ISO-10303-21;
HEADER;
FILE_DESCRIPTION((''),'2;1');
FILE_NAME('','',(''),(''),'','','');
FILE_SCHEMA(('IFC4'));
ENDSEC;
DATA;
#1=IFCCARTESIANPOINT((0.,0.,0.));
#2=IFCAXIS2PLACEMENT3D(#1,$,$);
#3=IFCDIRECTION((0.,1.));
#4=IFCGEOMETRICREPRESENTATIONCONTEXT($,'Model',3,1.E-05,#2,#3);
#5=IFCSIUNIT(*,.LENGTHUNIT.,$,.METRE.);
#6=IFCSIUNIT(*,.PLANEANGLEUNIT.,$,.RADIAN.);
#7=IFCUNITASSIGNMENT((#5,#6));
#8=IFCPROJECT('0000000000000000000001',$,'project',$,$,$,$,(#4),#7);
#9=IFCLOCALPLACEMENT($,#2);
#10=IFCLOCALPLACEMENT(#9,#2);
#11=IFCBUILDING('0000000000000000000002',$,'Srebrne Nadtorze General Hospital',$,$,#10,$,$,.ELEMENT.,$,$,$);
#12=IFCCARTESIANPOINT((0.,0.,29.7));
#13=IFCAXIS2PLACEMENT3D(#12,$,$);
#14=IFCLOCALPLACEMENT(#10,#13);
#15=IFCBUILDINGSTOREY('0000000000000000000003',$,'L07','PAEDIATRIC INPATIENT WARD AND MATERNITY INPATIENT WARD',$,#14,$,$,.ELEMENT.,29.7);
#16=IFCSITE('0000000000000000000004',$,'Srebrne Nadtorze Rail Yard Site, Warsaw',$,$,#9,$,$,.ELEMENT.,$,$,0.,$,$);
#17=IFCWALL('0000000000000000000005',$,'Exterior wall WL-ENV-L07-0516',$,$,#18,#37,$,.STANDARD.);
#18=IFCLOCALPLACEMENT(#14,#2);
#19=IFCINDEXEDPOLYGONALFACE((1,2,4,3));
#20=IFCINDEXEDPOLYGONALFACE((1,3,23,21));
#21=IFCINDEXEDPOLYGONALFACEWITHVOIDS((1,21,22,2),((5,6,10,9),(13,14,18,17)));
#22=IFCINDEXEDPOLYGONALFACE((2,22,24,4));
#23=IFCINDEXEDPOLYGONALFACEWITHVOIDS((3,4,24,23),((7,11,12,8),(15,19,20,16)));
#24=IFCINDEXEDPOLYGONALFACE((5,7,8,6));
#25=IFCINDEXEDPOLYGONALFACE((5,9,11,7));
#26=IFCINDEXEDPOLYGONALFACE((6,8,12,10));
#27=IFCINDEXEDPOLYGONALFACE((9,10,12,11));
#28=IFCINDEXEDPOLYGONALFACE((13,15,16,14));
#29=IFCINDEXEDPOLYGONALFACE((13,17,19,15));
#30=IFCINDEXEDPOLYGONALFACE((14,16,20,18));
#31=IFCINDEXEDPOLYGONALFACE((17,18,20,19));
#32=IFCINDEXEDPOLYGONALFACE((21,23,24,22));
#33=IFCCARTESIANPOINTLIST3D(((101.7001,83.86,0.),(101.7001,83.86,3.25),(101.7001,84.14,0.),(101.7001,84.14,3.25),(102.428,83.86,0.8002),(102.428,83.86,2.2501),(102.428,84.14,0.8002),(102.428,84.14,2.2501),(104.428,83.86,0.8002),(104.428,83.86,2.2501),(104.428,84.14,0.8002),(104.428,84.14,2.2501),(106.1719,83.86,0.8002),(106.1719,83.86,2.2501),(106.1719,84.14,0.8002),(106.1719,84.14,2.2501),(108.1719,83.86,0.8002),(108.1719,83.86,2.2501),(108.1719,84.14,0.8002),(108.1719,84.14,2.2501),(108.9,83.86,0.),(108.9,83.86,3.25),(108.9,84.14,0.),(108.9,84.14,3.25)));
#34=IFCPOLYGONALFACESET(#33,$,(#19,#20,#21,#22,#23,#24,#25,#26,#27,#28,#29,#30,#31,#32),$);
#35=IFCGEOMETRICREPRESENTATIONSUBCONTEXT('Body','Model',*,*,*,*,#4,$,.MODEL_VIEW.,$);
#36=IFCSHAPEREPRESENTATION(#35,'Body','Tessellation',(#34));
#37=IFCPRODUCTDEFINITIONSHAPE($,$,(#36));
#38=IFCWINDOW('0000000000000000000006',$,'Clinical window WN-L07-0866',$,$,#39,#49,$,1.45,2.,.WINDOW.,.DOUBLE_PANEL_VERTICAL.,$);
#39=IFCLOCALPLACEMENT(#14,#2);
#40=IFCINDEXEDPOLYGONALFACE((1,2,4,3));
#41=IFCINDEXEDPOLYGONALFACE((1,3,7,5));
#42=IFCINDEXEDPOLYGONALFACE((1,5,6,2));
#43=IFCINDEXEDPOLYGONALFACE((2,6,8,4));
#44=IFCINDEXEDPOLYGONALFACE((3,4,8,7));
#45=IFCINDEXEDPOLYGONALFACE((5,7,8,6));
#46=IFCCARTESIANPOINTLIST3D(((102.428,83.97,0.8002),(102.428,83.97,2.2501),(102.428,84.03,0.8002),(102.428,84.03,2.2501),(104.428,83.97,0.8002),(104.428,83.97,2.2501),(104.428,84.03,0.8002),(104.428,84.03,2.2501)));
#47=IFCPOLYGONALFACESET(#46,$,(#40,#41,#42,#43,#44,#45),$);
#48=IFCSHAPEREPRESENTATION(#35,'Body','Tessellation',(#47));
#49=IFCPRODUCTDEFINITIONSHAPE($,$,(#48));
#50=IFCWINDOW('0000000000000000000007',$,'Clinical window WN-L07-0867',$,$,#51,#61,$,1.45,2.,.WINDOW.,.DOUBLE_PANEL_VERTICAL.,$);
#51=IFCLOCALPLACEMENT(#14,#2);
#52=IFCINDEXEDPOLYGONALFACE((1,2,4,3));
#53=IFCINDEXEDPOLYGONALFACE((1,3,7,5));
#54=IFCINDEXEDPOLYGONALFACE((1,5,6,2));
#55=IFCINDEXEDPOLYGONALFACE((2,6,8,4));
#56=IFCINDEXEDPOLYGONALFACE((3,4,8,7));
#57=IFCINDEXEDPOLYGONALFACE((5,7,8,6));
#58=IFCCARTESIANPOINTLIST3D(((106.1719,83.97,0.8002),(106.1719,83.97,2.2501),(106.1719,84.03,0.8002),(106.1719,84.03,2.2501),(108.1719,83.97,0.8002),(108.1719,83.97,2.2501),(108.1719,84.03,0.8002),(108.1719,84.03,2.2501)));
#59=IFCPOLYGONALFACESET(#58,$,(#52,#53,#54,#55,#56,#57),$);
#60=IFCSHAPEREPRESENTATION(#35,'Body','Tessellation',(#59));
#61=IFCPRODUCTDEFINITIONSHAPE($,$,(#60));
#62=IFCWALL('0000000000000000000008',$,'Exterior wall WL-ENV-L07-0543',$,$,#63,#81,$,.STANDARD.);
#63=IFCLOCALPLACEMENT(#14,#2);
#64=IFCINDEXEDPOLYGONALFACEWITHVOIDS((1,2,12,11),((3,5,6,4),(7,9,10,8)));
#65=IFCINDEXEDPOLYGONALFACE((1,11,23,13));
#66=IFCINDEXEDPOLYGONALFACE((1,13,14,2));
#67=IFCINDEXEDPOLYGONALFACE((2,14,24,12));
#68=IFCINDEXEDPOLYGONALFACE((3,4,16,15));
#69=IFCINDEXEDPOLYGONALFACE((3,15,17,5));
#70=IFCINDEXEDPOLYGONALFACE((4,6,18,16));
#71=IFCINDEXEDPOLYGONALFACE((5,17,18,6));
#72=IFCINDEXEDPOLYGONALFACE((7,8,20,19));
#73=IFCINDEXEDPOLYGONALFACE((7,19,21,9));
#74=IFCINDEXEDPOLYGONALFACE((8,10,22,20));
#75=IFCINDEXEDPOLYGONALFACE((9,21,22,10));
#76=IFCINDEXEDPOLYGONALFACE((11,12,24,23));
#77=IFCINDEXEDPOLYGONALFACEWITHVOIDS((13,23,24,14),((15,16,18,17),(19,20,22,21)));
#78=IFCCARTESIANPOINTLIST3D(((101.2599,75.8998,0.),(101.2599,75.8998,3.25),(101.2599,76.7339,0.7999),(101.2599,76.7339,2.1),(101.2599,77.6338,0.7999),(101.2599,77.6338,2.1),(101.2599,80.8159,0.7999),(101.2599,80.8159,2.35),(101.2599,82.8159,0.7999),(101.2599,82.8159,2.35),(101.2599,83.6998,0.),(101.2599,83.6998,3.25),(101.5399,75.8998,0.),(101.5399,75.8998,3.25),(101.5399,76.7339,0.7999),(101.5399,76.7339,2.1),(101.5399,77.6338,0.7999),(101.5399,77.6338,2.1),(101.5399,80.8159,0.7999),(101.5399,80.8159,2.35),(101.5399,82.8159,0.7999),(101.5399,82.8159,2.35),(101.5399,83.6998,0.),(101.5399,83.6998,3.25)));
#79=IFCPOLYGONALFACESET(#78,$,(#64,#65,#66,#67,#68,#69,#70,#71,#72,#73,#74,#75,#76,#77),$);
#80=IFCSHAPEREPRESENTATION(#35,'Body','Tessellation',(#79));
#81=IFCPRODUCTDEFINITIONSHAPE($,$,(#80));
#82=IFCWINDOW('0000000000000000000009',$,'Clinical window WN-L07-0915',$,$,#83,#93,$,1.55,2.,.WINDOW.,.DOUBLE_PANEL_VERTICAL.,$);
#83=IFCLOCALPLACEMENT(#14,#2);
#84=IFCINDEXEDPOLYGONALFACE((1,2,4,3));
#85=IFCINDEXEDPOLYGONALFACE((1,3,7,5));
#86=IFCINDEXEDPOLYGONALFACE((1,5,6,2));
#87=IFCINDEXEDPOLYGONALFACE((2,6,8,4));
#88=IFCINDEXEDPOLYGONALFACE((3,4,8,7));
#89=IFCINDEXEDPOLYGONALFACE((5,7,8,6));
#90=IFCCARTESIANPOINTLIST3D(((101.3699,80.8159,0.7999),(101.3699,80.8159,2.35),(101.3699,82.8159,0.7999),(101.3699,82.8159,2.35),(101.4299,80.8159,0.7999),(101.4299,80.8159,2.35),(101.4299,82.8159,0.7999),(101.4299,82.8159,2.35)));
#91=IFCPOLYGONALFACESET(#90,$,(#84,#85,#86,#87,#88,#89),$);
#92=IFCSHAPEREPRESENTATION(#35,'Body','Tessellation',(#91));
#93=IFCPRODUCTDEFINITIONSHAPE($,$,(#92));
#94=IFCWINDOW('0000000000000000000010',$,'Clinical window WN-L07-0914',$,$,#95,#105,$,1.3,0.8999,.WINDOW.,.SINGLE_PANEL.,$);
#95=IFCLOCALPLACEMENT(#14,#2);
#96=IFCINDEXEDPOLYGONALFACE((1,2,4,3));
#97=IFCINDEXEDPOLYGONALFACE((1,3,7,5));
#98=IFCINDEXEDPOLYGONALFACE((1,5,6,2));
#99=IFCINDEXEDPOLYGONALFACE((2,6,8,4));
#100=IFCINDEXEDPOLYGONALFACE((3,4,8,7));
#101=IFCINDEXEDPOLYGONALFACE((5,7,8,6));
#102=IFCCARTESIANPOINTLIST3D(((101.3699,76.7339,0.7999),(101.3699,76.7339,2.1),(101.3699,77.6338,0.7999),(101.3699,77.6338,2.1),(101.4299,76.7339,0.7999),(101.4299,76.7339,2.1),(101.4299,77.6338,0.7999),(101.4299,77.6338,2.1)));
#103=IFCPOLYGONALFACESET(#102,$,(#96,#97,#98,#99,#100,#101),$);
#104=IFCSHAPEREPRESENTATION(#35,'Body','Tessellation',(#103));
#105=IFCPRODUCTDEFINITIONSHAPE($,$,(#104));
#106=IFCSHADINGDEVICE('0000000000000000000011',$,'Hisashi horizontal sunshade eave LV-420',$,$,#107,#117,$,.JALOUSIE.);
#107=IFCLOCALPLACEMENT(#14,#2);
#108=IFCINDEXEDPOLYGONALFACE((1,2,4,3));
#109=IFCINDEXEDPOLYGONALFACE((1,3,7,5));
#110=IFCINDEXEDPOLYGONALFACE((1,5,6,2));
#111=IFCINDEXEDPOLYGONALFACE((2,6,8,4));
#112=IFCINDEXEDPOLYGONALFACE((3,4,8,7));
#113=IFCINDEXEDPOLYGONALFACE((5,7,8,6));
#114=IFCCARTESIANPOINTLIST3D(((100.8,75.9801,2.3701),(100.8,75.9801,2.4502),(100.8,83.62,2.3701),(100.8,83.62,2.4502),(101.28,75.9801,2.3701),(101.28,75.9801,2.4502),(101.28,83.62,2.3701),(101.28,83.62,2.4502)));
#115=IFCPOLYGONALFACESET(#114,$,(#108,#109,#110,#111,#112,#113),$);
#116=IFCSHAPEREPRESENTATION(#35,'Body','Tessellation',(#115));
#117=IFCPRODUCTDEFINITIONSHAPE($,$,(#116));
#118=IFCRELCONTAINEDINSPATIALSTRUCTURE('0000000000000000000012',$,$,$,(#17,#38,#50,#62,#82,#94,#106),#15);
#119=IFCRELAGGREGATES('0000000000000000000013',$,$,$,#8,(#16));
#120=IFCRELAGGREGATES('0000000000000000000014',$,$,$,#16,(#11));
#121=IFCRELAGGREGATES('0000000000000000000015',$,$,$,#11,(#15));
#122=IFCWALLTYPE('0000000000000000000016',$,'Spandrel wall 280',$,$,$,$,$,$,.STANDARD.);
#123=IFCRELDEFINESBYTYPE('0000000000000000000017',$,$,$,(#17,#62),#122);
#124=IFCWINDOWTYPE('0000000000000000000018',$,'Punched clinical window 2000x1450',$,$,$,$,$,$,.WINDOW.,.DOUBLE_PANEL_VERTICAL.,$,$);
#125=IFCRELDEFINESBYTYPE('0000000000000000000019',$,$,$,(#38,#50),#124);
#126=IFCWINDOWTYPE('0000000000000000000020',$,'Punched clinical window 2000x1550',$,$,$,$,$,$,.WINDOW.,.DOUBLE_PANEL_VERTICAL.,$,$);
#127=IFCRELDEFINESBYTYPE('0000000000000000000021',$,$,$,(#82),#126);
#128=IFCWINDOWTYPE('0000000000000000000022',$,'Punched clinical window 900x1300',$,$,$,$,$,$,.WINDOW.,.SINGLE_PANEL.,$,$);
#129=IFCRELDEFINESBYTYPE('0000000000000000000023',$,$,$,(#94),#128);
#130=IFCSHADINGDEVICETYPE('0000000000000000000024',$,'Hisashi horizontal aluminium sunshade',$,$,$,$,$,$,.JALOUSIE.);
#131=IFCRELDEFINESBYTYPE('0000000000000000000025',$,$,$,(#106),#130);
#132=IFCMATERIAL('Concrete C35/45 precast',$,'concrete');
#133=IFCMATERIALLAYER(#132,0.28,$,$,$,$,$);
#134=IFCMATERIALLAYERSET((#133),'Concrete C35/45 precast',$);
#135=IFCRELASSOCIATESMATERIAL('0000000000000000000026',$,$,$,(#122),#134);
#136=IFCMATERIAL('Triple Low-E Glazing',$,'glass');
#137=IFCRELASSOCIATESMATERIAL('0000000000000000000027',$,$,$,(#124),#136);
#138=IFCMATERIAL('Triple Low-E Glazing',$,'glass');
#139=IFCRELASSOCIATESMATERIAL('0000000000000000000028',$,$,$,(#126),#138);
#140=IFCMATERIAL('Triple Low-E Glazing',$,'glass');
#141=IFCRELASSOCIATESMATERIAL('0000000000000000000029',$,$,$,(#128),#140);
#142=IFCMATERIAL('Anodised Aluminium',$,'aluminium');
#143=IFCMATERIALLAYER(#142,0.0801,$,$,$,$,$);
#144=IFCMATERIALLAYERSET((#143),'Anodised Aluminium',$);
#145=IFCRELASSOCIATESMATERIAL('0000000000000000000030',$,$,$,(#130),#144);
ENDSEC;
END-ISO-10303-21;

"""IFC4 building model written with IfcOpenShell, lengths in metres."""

from ifc_helpers import new_model, si_unit, direction, frame, frame_2d, origin, origin_2d, place, context, subcontext, project, spatial, rectangle, extrude, material, layer, layer_set, type_object, element, fill, save


model = new_model("IFC4")

# Units and contexts
model_context = context("Model", 3, precision=1e-05, world=origin(), true_north=direction((0.0, 1.0)))
body_context = subcontext(model_context, "Body", "Model", "MODEL_VIEW")
ifc_project = project(units=[si_unit("LENGTHUNIT", "METRE"), si_unit("PLANEANGLEUNIT", "RADIAN")], contexts=[model_context])

# Site, building, storey
site_placement = place(None, origin())
site = spatial("IfcSite", under=ifc_project, at=site_placement, Name="Srebrne Nadtorze Rail Yard Site, Warsaw", CompositionType="ELEMENT", RefElevation=0.0)
building_placement = place(site_placement, origin())
building = spatial("IfcBuilding", under=site, at=building_placement, Name="Srebrne Nadtorze General Hospital", CompositionType="ELEMENT")
storey_placement = place(building_placement, frame((0.0, 0.0, 29.7)))
storey = spatial("IfcBuildingStorey", under=building, at=storey_placement, Name="L07", Description="PAEDIATRIC INPATIENT WARD AND MATERNITY INPATIENT WARD", CompositionType="ELEMENT", Elevation=29.7)

# Walls, openings, windows
ifc_material_1 = material(Name="Concrete C35/45 precast", Category="concrete")
ifc_layer_1 = layer(ifc_material_1, 0.28)
ifc_layer_set_1 = layer_set([ifc_layer_1], Name="Concrete C35/45 precast")
wall_type_1 = type_object("IfcWallType", Name="Spandrel wall 280", PredefinedType="STANDARD", material=ifc_layer_set_1)
wall_1_placement = place(storey_placement, frame((101.7, 84.0, 0.0), z_axis=(0.0, 0.0, 1.0), x_axis=(1.0, 0.0, 0.0)))
wall_1 = element("IfcWall", 1, at=wall_1_placement, inside=storey, type_object=wall_type_1, Name="Exterior wall WL-ENV-L07-0516", PredefinedType="STANDARD", context=body_context, shape_type="SweptSolid", body=[
    extrude(rectangle(XDim=7.2, YDim=0.28, at=frame_2d((3.6001, 0.0))), origin(), (0.0, 0.0, 1.0), 3.25),
])
opening_1_placement = place(wall_1_placement, frame((0.728, 0.0, 0.8)))
opening_1 = element("IfcOpeningElement", 2, at=opening_1_placement, cuts=wall_1, PredefinedType="OPENING", context=body_context, shape_type="SweptSolid", body=[
    extrude(rectangle(XDim=2.0, YDim=1.45, at=frame_2d((1.0, 0.7251))), frame((0.0, 0.1519, 0.0), z_axis=(0.0, -1.0, 0.0), x_axis=(1.0, 0.0, 0.0)), (0.0, 0.0, 1.0), 0.304),
])
opening_2_placement = place(wall_1_placement, frame((4.4719, 0.0, 0.8)))
opening_2 = element("IfcOpeningElement", 3, at=opening_2_placement, cuts=wall_1, PredefinedType="OPENING", context=body_context, shape_type="SweptSolid", body=[
    extrude(rectangle(XDim=2.0, YDim=1.45, at=frame_2d((1.0, 0.7251))), frame((0.0, 0.1519, 0.0), z_axis=(0.0, -1.0, 0.0), x_axis=(1.0, 0.0, 0.0)), (0.0, 0.0, 1.0), 0.304),
])
ifc_material_2 = material(Name="Triple Low-E Glazing", Category="glass")
window_type_1 = type_object("IfcWindowType", Name="Punched clinical window 2000x1450", PartitioningType="DOUBLE_PANEL_VERTICAL", PredefinedType="WINDOW", material=ifc_material_2)
window_1_placement = place(opening_1_placement, origin())
window_1 = element("IfcWindow", 4, at=window_1_placement, inside=storey, type_object=window_type_1, Name="Clinical window WN-L07-0866", OverallHeight=1.45, OverallWidth=2.0, PartitioningType="DOUBLE_PANEL_VERTICAL", PredefinedType="WINDOW", context=body_context, shape_type="SweptSolid", body=[
    extrude(rectangle(XDim=2.0, YDim=1.45, at=frame_2d((1.0, 0.7251))), frame((0.0, 0.03, 0.0), z_axis=(0.0, -1.0, 0.0), x_axis=(1.0, 0.0, 0.0)), (0.0, 0.0, 1.0), 0.0601),
])
fill(opening_1, window_1)
window_2_placement = place(opening_2_placement, origin())
window_2 = element("IfcWindow", 5, at=window_2_placement, inside=storey, type_object=window_type_1, Name="Clinical window WN-L07-0867", OverallHeight=1.45, OverallWidth=2.0, PartitioningType="DOUBLE_PANEL_VERTICAL", PredefinedType="WINDOW", context=body_context, shape_type="SweptSolid", body=[
    extrude(rectangle(XDim=2.0, YDim=1.45, at=frame_2d((1.0, 0.7251))), frame((0.0, 0.03, 0.0), z_axis=(0.0, -1.0, 0.0), x_axis=(1.0, 0.0, 0.0)), (0.0, 0.0, 1.0), 0.0601),
])
fill(opening_2, window_2)
wall_2_placement = place(storey_placement, frame((101.3999, 75.8999, 0.0), z_axis=(0.0, 0.0, 1.0), x_axis=(0.0, 1.0, 0.0)))
wall_2 = element("IfcWall", 6, at=wall_2_placement, inside=storey, type_object=wall_type_1, Name="Exterior wall WL-ENV-L07-0543", PredefinedType="STANDARD", context=body_context, shape_type="SweptSolid", body=[
    extrude(rectangle(XDim=7.8, YDim=0.28, at=frame_2d((3.8999, 0.0))), origin(), (0.0, 0.0, 1.0), 3.25),
])
opening_3_placement = place(wall_2_placement, frame((0.834, 0.0, 0.8)))
opening_3 = element("IfcOpeningElement", 7, at=opening_3_placement, cuts=wall_2, PredefinedType="OPENING", context=body_context, shape_type="SweptSolid", body=[
    extrude(rectangle(XDim=0.8999, YDim=1.3, at=frame_2d((0.45, 0.6499))), frame((0.0, 0.1519, 0.0), z_axis=(0.0, -1.0, 0.0), x_axis=(1.0, 0.0, 0.0)), (0.0, 0.0, 1.0), 0.304),
])
opening_4_placement = place(wall_2_placement, frame((4.916, 0.0, 0.8)))
opening_4 = element("IfcOpeningElement", 8, at=opening_4_placement, cuts=wall_2, PredefinedType="OPENING", context=body_context, shape_type="SweptSolid", body=[
    extrude(rectangle(XDim=2.0, YDim=1.55, at=frame_2d((1.0, 0.7749))), frame((0.0, 0.1519, 0.0), z_axis=(0.0, -1.0, 0.0), x_axis=(1.0, 0.0, 0.0)), (0.0, 0.0, 1.0), 0.304),
])
ifc_material_3 = material(Name="Triple Low-E Glazing", Category="glass")
window_type_2 = type_object("IfcWindowType", Name="Punched clinical window 2000x1550", PartitioningType="DOUBLE_PANEL_VERTICAL", PredefinedType="WINDOW", material=ifc_material_3)
window_3_placement = place(opening_4_placement, origin())
window_3 = element("IfcWindow", 9, at=window_3_placement, inside=storey, type_object=window_type_2, Name="Clinical window WN-L07-0915", OverallHeight=1.55, OverallWidth=2.0, PartitioningType="DOUBLE_PANEL_VERTICAL", PredefinedType="WINDOW", context=body_context, shape_type="SweptSolid", body=[
    extrude(rectangle(XDim=2.0, YDim=1.55, at=frame_2d((1.0, 0.7749))), frame((0.0, 0.03, 0.0), z_axis=(0.0, -1.0, 0.0), x_axis=(1.0, 0.0, 0.0)), (0.0, 0.0, 1.0), 0.0601),
])
fill(opening_4, window_3)
ifc_material_4 = material(Name="Triple Low-E Glazing", Category="glass")
window_type_3 = type_object("IfcWindowType", Name="Punched clinical window 900x1300", PartitioningType="SINGLE_PANEL", PredefinedType="WINDOW", material=ifc_material_4)
window_4_placement = place(opening_3_placement, origin())
window_4 = element("IfcWindow", 10, at=window_4_placement, inside=storey, type_object=window_type_3, Name="Clinical window WN-L07-0914", OverallHeight=1.3, OverallWidth=0.8999, PartitioningType="SINGLE_PANEL", PredefinedType="WINDOW", context=body_context, shape_type="SweptSolid", body=[
    extrude(rectangle(XDim=0.8999, YDim=1.3, at=frame_2d((0.45, 0.6499))), frame((0.0, 0.03, 0.0), z_axis=(0.0, -1.0, 0.0), x_axis=(1.0, 0.0, 0.0)), (0.0, 0.0, 1.0), 0.0601),
])
fill(opening_3, window_4)

# Shading device
ifc_material_5 = material(Name="Anodised Aluminium", Category="aluminium")
ifc_layer_2 = layer(ifc_material_5, 0.0801)
ifc_layer_set_2 = layer_set([ifc_layer_2], Name="Anodised Aluminium")
shading_device_type = type_object("IfcShadingDeviceType", Name="Hisashi horizontal aluminium sunshade", PredefinedType="JALOUSIE", material=ifc_layer_set_2)
shading_device_placement = place(storey_placement, frame((101.04, 79.8, 2.3701), z_axis=(0.0, 0.0, 1.0), x_axis=(1.0, 0.0, 0.0)))
element("IfcShadingDevice", 11, at=shading_device_placement, inside=storey, type_object=shading_device_type, Name="Hisashi horizontal sunshade eave LV-420", PredefinedType="JALOUSIE", context=body_context, shape_type="SweptSolid", body=[
    extrude(rectangle(XDim=0.48, YDim=7.6399, at=origin_2d()), origin(), (0.0, 0.0, 1.0), 0.0801),
])

save(model, "model.ifc")
